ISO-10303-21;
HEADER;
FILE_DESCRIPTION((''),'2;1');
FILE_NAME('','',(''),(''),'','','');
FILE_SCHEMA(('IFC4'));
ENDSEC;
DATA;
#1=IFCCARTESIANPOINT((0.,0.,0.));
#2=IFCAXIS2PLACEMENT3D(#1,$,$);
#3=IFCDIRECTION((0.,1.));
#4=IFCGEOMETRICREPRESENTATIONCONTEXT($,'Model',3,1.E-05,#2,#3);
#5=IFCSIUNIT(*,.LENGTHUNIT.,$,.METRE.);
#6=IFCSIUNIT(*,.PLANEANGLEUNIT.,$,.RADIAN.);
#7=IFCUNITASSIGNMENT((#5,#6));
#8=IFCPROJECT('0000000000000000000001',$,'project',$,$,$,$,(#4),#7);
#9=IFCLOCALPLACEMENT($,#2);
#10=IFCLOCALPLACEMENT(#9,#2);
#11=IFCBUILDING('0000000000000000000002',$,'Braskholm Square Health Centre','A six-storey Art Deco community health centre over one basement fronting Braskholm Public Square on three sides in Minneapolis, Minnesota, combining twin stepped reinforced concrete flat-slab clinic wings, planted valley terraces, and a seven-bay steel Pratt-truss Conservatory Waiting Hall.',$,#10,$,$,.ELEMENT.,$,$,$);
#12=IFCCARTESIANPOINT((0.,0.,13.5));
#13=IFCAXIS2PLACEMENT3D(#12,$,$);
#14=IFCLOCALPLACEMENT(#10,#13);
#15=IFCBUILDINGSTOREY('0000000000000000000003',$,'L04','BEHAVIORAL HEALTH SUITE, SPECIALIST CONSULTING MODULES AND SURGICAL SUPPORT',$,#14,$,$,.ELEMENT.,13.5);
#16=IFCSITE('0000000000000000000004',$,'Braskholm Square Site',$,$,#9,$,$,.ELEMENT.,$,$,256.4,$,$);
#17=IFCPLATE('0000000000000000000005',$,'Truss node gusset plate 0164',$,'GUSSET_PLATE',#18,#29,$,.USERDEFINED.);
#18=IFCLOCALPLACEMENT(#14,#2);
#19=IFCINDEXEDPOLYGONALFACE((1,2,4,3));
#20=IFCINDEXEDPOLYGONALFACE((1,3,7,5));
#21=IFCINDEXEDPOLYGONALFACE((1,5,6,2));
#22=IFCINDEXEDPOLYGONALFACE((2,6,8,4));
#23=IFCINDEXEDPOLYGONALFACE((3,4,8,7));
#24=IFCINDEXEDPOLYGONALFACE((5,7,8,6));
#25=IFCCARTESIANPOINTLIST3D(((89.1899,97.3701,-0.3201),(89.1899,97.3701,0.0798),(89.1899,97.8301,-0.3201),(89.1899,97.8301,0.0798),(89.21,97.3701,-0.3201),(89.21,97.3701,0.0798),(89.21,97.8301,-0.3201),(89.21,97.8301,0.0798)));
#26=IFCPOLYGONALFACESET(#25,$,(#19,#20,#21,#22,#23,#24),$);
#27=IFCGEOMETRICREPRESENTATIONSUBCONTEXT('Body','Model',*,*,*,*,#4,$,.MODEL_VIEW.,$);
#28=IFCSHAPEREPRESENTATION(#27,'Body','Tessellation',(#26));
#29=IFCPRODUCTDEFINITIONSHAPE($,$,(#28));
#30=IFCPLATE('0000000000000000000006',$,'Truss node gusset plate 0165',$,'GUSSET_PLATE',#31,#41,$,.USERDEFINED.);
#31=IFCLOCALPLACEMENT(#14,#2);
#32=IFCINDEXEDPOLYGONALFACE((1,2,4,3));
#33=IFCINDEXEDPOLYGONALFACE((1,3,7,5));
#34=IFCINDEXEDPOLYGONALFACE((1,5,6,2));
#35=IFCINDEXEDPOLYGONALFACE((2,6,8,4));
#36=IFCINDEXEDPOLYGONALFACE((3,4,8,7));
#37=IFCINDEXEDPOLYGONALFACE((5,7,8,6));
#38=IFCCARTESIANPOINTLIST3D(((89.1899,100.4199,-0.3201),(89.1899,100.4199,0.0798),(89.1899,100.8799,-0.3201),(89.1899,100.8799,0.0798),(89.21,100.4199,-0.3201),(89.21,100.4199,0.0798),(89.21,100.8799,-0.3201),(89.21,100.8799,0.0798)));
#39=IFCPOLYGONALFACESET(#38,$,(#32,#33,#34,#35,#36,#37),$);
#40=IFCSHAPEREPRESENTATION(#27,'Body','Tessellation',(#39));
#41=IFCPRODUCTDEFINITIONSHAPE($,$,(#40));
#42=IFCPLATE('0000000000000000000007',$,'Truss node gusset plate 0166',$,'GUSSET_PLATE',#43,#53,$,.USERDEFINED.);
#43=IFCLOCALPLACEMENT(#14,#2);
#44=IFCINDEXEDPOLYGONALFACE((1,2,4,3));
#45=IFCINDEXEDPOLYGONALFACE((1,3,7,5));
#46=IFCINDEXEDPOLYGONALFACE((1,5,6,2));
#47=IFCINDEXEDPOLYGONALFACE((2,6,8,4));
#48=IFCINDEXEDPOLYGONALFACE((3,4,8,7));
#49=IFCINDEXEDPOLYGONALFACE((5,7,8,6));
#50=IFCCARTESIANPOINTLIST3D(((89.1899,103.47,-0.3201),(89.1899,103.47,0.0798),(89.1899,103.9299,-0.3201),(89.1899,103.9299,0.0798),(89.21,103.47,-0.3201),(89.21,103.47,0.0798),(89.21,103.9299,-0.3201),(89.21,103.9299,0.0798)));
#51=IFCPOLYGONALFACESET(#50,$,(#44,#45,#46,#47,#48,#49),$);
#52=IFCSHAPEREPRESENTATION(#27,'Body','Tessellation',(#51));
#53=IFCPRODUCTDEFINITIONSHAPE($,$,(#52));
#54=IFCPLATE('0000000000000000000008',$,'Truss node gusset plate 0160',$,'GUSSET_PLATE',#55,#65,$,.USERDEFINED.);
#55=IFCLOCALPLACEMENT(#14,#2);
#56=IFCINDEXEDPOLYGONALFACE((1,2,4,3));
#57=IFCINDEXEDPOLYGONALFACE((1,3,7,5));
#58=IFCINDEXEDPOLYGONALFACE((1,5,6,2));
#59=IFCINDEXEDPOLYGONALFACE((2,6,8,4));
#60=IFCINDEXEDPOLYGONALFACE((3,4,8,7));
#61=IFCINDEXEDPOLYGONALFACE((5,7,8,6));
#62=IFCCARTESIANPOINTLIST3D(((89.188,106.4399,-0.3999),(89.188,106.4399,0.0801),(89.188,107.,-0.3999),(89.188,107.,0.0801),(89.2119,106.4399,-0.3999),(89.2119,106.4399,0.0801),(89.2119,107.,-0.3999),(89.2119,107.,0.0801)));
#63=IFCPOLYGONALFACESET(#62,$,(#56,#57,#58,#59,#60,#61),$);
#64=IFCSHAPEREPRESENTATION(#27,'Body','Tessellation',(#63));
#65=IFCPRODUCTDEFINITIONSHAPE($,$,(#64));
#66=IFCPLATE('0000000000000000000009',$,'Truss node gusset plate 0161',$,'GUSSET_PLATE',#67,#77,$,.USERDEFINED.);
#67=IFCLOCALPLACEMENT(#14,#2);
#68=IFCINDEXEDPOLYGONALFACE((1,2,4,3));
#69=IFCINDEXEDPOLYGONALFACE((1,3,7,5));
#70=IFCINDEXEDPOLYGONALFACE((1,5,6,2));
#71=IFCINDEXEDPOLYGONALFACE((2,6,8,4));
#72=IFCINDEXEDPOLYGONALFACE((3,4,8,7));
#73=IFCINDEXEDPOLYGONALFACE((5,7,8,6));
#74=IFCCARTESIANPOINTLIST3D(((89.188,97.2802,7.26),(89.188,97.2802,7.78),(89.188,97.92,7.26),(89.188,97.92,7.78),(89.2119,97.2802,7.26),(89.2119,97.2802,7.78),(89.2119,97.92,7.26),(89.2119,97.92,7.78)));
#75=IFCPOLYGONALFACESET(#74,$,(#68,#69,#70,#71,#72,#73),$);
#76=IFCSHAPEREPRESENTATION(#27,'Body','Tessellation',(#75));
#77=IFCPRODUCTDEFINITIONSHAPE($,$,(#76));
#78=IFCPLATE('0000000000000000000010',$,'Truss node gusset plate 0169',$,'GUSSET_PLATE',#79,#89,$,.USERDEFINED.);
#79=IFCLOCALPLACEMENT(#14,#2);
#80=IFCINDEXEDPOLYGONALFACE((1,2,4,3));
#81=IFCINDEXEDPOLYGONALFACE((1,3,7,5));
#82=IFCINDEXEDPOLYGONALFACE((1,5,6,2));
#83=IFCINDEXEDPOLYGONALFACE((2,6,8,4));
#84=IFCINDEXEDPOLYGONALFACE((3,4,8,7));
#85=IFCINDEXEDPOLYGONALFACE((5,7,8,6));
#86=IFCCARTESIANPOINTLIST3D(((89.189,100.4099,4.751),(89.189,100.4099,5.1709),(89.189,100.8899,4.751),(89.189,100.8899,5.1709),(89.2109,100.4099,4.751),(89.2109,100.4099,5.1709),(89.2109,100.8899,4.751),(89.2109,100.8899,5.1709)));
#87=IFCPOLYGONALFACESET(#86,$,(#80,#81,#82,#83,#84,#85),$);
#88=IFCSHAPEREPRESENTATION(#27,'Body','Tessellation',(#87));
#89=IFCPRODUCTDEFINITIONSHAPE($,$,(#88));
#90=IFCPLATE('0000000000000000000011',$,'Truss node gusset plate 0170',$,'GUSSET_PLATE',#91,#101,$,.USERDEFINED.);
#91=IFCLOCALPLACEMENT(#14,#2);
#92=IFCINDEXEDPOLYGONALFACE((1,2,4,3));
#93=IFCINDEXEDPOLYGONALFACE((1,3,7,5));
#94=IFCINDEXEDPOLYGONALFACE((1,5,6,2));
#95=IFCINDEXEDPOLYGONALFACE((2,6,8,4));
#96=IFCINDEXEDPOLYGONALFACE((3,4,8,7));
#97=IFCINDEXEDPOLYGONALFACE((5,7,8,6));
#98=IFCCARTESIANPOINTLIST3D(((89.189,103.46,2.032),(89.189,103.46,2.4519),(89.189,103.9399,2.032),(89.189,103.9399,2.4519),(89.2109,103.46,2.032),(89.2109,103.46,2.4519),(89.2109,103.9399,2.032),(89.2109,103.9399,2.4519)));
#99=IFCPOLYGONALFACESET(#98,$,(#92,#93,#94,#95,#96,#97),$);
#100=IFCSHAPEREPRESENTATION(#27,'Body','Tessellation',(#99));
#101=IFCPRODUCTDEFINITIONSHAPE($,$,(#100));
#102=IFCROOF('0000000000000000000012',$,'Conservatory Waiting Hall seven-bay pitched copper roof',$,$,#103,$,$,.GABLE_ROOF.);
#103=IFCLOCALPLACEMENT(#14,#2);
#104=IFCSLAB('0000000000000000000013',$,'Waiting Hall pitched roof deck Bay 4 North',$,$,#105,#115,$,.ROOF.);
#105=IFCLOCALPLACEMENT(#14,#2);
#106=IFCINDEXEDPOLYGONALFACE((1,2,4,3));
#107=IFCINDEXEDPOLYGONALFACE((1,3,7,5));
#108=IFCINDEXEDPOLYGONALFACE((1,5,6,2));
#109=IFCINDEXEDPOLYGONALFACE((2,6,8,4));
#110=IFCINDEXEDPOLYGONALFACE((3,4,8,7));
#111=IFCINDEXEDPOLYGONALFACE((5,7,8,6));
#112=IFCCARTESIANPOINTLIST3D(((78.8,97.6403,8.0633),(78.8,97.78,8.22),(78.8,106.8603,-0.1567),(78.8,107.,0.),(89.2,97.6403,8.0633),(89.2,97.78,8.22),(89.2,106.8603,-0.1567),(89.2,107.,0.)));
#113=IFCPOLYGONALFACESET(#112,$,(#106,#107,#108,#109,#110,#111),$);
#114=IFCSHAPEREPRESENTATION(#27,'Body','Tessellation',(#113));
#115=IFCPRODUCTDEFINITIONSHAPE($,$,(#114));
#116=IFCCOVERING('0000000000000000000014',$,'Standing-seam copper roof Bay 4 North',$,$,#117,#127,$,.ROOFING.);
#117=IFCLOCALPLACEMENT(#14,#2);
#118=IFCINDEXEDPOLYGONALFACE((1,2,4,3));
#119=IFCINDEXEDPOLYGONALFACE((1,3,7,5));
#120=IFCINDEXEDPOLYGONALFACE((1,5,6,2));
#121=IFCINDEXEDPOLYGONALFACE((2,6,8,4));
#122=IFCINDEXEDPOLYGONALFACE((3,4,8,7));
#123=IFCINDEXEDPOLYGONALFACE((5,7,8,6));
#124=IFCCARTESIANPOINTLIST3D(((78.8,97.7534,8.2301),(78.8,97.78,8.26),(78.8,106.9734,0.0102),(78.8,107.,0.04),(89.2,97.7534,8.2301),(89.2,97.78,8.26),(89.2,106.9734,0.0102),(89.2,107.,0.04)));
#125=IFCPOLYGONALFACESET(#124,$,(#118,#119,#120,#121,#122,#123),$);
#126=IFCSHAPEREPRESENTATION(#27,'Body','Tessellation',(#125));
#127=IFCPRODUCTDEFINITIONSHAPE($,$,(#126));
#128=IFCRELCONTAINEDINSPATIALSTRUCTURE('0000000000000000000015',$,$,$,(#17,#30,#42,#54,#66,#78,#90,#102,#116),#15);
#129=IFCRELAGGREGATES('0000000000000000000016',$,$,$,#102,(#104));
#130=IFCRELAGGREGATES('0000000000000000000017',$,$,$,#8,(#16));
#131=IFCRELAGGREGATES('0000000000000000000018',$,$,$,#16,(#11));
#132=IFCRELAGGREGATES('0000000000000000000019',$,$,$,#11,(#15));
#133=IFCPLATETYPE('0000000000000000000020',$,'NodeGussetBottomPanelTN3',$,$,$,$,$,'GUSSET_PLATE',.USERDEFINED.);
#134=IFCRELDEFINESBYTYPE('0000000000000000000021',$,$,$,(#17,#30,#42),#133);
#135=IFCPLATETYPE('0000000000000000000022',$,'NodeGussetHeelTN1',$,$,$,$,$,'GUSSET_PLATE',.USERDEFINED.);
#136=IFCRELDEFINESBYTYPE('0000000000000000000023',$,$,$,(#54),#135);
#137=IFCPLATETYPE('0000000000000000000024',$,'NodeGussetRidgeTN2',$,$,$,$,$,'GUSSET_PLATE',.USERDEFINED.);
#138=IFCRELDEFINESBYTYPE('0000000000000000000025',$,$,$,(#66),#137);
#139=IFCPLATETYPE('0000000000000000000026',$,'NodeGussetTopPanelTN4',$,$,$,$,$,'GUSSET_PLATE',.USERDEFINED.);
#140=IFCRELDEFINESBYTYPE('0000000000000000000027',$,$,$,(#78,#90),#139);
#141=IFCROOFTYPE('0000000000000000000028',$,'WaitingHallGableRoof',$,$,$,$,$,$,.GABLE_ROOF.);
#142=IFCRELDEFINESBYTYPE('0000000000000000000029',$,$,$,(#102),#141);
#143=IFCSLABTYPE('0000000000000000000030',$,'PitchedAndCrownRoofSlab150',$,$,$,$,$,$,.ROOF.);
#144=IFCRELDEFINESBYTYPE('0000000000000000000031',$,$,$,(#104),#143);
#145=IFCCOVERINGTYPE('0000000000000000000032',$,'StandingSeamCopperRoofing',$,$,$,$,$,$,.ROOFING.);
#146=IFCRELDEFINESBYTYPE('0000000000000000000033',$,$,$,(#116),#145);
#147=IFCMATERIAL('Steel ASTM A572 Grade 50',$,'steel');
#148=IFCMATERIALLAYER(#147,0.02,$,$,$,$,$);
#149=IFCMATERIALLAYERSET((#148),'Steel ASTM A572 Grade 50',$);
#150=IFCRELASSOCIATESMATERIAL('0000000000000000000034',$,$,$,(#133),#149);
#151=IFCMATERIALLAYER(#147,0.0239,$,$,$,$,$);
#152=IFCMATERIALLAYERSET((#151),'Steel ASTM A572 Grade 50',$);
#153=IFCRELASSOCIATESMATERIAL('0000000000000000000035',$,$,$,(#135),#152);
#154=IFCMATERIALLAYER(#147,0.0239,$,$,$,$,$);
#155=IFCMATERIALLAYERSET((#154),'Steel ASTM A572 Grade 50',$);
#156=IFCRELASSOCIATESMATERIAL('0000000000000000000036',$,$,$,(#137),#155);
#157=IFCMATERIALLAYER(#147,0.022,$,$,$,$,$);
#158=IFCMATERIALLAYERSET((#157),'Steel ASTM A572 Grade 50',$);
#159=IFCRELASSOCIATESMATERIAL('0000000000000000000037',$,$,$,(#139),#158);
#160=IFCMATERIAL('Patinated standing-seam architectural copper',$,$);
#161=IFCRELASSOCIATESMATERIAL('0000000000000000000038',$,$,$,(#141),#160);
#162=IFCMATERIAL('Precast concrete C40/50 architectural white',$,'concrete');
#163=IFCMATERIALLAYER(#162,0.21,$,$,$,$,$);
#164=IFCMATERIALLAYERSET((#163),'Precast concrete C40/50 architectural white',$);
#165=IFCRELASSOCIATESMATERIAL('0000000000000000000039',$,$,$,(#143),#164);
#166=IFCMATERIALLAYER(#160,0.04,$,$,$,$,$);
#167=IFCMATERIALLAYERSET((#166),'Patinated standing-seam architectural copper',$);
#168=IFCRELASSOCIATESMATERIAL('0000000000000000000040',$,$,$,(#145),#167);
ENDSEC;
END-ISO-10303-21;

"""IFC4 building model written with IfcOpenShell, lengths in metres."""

from ifc_helpers import new_model, si_unit, direction, frame, origin, origin_2d, place, context, subcontext, project, spatial, polyline, rectangle, outline, extrude, material, layer, layer_set, type_object, element, aggregate, save


model = new_model("IFC4")

# Units and contexts
model_context = context("Model", 3, precision=1e-05, world=origin(), true_north=direction((0.0, 1.0)))
body_context = subcontext(model_context, "Body", "Model", "MODEL_VIEW")
ifc_project = project(units=[si_unit("LENGTHUNIT", "METRE"), si_unit("PLANEANGLEUNIT", "RADIAN")], contexts=[model_context])

# Site, building, storey
site_placement = place(None, origin())
site = spatial("IfcSite", under=ifc_project, at=site_placement, Name="Braskholm Square Site", CompositionType="ELEMENT", RefElevation=256.4)
building_placement = place(site_placement, origin())
building = spatial("IfcBuilding", under=site, at=building_placement, Name="Braskholm Square Health Centre", Description="A six-storey Art Deco community health centre over one basement fronting Braskholm Public Square on three sides in Minneapolis, Minnesota, combining twin stepped reinforced concrete flat-slab clinic wings, planted valley terraces, and a seven-bay steel Pratt-truss Conservatory Waiting Hall.", CompositionType="ELEMENT")
storey_placement = place(building_placement, frame((0.0, 0.0, 13.5)))
storey = spatial("IfcBuildingStorey", under=building, at=storey_placement, Name="L04", Description="BEHAVIORAL HEALTH SUITE, SPECIALIST CONSULTING MODULES AND SURGICAL SUPPORT", CompositionType="ELEMENT", Elevation=13.5)

# Plates
ifc_material_1 = material(Name="Steel ASTM A572 Grade 50", Category="steel")
ifc_layer_1 = layer(ifc_material_1, 0.02)
ifc_layer_set_1 = layer_set([ifc_layer_1], Name="Steel ASTM A572 Grade 50")
plate_type_1 = type_object("IfcPlateType", Name="NodeGussetBottomPanelTN3", ElementType="GUSSET_PLATE", PredefinedType="USERDEFINED", material=ifc_layer_set_1)
for number, where, z_axis, x_axis, name in (
    (1, (89.2, 97.6001, -0.3201), (0.0, 0.0, 1.0), (1.0, 0.0, 0.0), "Truss node gusset plate 0164"),
    (2, (89.2, 100.6499, -0.3201), (0.0, 0.0, 1.0), (1.0, 0.0, 0.0), "Truss node gusset plate 0165"),
    (3, (89.2, 103.7, -0.3201), (0.0, 0.0, 1.0), (1.0, 0.0, 0.0), "Truss node gusset plate 0166"),
):
    element("IfcPlate", number, at=place(storey_placement, frame(where, z_axis=z_axis, x_axis=x_axis)), inside=storey, type_object=plate_type_1, Name=name, ObjectType="GUSSET_PLATE", PredefinedType="USERDEFINED", context=body_context, shape_type="SweptSolid", body=[
        extrude(rectangle(XDim=0.02, YDim=0.46, at=origin_2d()), origin(), (0.0, 0.0, 1.0), 0.3999),
    ])
ifc_layer_2 = layer(ifc_material_1, 0.0239)
ifc_layer_set_2 = layer_set([ifc_layer_2], Name="Steel ASTM A572 Grade 50")
plate_type_2 = type_object("IfcPlateType", Name="NodeGussetHeelTN1", ElementType="GUSSET_PLATE", PredefinedType="USERDEFINED", material=ifc_layer_set_2)
plate_1_placement = place(storey_placement, frame((89.2, 106.72, -0.3999), z_axis=(0.0, 0.0, 1.0), x_axis=(1.0, 0.0, 0.0)))
element("IfcPlate", 4, at=plate_1_placement, inside=storey, type_object=plate_type_2, Name="Truss node gusset plate 0160", ObjectType="GUSSET_PLATE", PredefinedType="USERDEFINED", context=body_context, shape_type="SweptSolid", body=[
    extrude(rectangle(XDim=0.0239, YDim=0.5601, at=origin_2d()), origin(), (0.0, 0.0, 1.0), 0.48),
])
ifc_layer_3 = layer(ifc_material_1, 0.0239)
ifc_layer_set_3 = layer_set([ifc_layer_3], Name="Steel ASTM A572 Grade 50")
plate_type_3 = type_object("IfcPlateType", Name="NodeGussetRidgeTN2", ElementType="GUSSET_PLATE", PredefinedType="USERDEFINED", material=ifc_layer_set_3)
plate_2_placement = place(storey_placement, frame((89.2, 97.6001, 7.26), z_axis=(0.0, 0.0, 1.0), x_axis=(1.0, 0.0, 0.0)))
element("IfcPlate", 5, at=plate_2_placement, inside=storey, type_object=plate_type_3, Name="Truss node gusset plate 0161", ObjectType="GUSSET_PLATE", PredefinedType="USERDEFINED", context=body_context, shape_type="SweptSolid", body=[
    extrude(rectangle(XDim=0.0239, YDim=0.6399, at=origin_2d()), origin(), (0.0, 0.0, 1.0), 0.52),
])
ifc_layer_4 = layer(ifc_material_1, 0.022)
ifc_layer_set_4 = layer_set([ifc_layer_4], Name="Steel ASTM A572 Grade 50")
plate_type_4 = type_object("IfcPlateType", Name="NodeGussetTopPanelTN4", ElementType="GUSSET_PLATE", PredefinedType="USERDEFINED", material=ifc_layer_set_4)
for number, where, z_axis, x_axis, name in (
    (6, (89.2, 100.6499, 4.751), (0.0, 0.0, 1.0), (1.0, 0.0, 0.0), "Truss node gusset plate 0169"),
    (7, (89.2, 103.7, 2.032), (0.0, 0.0, 1.0), (1.0, 0.0, 0.0), "Truss node gusset plate 0170"),
):
    element("IfcPlate", number, at=place(storey_placement, frame(where, z_axis=z_axis, x_axis=x_axis)), inside=storey, type_object=plate_type_4, Name=name, ObjectType="GUSSET_PLATE", PredefinedType="USERDEFINED", context=body_context, shape_type="SweptSolid", body=[
        extrude(rectangle(XDim=0.022, YDim=0.48, at=origin_2d()), origin(), (0.0, 0.0, 1.0), 0.4199),
    ])

# Roof, slab
ifc_material_2 = material(Name="Patinated standing-seam architectural copper")
roof_type = type_object("IfcRoofType", Name="WaitingHallGableRoof", PredefinedType="GABLE_ROOF", material=ifc_material_2)
roof_placement = place(storey_placement, origin())
roof = element("IfcRoof", 8, at=roof_placement, inside=storey, type_object=roof_type, Name="Conservatory Waiting Hall seven-bay pitched copper roof", PredefinedType="GABLE_ROOF")
ifc_material_3 = material(Name="Precast concrete C40/50 architectural white", Category="concrete")
ifc_layer_5 = layer(ifc_material_3, 0.21)
ifc_layer_set_5 = layer_set([ifc_layer_5], Name="Precast concrete C40/50 architectural white")
slab_type = type_object("IfcSlabType", Name="PitchedAndCrownRoofSlab150", PredefinedType="ROOF", material=ifc_layer_set_5)
slab_placement = place(storey_placement, frame((89.2, 107.0, 0.0), z_axis=(0.0, 0.665468, 0.746426), x_axis=(-1.0, 0.0, 0.0)))
slab = element("IfcSlab", 9, at=slab_placement, type_object=slab_type, Name="Waiting Hall pitched roof deck Bay 4 North", PredefinedType="ROOF", context=body_context, shape_type="SweptSolid", body=[
    extrude(outline(polyline([(0.0, 0.0), (10.3999, 0.0), (10.3999, 12.3522), (0.0, 12.3522), (0.0, 0.0)])), origin(), (0.0, 0.0, -1.0), 0.21),
])
aggregate(roof, [slab])

# Covering
ifc_layer_6 = layer(ifc_material_2, 0.04)
ifc_layer_set_6 = layer_set([ifc_layer_6], Name="Patinated standing-seam architectural copper")
covering_type = type_object("IfcCoveringType", Name="StandingSeamCopperRoofing", PredefinedType="ROOFING", material=ifc_layer_set_6)
covering_placement = place(storey_placement, frame((89.2, 107.0, 0.04), z_axis=(0.0, 0.665468, 0.746426), x_axis=(-1.0, 0.0, 0.0)))
element("IfcCovering", 10, at=covering_placement, inside=storey, type_object=covering_type, Name="Standing-seam copper roof Bay 4 North", PredefinedType="ROOFING", context=body_context, shape_type="SweptSolid", body=[
    extrude(outline(polyline([(0.0, 0.0), (10.3999, 0.0), (10.3999, 12.3522), (0.0, 12.3522), (0.0, 0.0)])), origin(), (0.0, 0.0, -1.0), 0.04),
])

save(model, "model.ifc")
